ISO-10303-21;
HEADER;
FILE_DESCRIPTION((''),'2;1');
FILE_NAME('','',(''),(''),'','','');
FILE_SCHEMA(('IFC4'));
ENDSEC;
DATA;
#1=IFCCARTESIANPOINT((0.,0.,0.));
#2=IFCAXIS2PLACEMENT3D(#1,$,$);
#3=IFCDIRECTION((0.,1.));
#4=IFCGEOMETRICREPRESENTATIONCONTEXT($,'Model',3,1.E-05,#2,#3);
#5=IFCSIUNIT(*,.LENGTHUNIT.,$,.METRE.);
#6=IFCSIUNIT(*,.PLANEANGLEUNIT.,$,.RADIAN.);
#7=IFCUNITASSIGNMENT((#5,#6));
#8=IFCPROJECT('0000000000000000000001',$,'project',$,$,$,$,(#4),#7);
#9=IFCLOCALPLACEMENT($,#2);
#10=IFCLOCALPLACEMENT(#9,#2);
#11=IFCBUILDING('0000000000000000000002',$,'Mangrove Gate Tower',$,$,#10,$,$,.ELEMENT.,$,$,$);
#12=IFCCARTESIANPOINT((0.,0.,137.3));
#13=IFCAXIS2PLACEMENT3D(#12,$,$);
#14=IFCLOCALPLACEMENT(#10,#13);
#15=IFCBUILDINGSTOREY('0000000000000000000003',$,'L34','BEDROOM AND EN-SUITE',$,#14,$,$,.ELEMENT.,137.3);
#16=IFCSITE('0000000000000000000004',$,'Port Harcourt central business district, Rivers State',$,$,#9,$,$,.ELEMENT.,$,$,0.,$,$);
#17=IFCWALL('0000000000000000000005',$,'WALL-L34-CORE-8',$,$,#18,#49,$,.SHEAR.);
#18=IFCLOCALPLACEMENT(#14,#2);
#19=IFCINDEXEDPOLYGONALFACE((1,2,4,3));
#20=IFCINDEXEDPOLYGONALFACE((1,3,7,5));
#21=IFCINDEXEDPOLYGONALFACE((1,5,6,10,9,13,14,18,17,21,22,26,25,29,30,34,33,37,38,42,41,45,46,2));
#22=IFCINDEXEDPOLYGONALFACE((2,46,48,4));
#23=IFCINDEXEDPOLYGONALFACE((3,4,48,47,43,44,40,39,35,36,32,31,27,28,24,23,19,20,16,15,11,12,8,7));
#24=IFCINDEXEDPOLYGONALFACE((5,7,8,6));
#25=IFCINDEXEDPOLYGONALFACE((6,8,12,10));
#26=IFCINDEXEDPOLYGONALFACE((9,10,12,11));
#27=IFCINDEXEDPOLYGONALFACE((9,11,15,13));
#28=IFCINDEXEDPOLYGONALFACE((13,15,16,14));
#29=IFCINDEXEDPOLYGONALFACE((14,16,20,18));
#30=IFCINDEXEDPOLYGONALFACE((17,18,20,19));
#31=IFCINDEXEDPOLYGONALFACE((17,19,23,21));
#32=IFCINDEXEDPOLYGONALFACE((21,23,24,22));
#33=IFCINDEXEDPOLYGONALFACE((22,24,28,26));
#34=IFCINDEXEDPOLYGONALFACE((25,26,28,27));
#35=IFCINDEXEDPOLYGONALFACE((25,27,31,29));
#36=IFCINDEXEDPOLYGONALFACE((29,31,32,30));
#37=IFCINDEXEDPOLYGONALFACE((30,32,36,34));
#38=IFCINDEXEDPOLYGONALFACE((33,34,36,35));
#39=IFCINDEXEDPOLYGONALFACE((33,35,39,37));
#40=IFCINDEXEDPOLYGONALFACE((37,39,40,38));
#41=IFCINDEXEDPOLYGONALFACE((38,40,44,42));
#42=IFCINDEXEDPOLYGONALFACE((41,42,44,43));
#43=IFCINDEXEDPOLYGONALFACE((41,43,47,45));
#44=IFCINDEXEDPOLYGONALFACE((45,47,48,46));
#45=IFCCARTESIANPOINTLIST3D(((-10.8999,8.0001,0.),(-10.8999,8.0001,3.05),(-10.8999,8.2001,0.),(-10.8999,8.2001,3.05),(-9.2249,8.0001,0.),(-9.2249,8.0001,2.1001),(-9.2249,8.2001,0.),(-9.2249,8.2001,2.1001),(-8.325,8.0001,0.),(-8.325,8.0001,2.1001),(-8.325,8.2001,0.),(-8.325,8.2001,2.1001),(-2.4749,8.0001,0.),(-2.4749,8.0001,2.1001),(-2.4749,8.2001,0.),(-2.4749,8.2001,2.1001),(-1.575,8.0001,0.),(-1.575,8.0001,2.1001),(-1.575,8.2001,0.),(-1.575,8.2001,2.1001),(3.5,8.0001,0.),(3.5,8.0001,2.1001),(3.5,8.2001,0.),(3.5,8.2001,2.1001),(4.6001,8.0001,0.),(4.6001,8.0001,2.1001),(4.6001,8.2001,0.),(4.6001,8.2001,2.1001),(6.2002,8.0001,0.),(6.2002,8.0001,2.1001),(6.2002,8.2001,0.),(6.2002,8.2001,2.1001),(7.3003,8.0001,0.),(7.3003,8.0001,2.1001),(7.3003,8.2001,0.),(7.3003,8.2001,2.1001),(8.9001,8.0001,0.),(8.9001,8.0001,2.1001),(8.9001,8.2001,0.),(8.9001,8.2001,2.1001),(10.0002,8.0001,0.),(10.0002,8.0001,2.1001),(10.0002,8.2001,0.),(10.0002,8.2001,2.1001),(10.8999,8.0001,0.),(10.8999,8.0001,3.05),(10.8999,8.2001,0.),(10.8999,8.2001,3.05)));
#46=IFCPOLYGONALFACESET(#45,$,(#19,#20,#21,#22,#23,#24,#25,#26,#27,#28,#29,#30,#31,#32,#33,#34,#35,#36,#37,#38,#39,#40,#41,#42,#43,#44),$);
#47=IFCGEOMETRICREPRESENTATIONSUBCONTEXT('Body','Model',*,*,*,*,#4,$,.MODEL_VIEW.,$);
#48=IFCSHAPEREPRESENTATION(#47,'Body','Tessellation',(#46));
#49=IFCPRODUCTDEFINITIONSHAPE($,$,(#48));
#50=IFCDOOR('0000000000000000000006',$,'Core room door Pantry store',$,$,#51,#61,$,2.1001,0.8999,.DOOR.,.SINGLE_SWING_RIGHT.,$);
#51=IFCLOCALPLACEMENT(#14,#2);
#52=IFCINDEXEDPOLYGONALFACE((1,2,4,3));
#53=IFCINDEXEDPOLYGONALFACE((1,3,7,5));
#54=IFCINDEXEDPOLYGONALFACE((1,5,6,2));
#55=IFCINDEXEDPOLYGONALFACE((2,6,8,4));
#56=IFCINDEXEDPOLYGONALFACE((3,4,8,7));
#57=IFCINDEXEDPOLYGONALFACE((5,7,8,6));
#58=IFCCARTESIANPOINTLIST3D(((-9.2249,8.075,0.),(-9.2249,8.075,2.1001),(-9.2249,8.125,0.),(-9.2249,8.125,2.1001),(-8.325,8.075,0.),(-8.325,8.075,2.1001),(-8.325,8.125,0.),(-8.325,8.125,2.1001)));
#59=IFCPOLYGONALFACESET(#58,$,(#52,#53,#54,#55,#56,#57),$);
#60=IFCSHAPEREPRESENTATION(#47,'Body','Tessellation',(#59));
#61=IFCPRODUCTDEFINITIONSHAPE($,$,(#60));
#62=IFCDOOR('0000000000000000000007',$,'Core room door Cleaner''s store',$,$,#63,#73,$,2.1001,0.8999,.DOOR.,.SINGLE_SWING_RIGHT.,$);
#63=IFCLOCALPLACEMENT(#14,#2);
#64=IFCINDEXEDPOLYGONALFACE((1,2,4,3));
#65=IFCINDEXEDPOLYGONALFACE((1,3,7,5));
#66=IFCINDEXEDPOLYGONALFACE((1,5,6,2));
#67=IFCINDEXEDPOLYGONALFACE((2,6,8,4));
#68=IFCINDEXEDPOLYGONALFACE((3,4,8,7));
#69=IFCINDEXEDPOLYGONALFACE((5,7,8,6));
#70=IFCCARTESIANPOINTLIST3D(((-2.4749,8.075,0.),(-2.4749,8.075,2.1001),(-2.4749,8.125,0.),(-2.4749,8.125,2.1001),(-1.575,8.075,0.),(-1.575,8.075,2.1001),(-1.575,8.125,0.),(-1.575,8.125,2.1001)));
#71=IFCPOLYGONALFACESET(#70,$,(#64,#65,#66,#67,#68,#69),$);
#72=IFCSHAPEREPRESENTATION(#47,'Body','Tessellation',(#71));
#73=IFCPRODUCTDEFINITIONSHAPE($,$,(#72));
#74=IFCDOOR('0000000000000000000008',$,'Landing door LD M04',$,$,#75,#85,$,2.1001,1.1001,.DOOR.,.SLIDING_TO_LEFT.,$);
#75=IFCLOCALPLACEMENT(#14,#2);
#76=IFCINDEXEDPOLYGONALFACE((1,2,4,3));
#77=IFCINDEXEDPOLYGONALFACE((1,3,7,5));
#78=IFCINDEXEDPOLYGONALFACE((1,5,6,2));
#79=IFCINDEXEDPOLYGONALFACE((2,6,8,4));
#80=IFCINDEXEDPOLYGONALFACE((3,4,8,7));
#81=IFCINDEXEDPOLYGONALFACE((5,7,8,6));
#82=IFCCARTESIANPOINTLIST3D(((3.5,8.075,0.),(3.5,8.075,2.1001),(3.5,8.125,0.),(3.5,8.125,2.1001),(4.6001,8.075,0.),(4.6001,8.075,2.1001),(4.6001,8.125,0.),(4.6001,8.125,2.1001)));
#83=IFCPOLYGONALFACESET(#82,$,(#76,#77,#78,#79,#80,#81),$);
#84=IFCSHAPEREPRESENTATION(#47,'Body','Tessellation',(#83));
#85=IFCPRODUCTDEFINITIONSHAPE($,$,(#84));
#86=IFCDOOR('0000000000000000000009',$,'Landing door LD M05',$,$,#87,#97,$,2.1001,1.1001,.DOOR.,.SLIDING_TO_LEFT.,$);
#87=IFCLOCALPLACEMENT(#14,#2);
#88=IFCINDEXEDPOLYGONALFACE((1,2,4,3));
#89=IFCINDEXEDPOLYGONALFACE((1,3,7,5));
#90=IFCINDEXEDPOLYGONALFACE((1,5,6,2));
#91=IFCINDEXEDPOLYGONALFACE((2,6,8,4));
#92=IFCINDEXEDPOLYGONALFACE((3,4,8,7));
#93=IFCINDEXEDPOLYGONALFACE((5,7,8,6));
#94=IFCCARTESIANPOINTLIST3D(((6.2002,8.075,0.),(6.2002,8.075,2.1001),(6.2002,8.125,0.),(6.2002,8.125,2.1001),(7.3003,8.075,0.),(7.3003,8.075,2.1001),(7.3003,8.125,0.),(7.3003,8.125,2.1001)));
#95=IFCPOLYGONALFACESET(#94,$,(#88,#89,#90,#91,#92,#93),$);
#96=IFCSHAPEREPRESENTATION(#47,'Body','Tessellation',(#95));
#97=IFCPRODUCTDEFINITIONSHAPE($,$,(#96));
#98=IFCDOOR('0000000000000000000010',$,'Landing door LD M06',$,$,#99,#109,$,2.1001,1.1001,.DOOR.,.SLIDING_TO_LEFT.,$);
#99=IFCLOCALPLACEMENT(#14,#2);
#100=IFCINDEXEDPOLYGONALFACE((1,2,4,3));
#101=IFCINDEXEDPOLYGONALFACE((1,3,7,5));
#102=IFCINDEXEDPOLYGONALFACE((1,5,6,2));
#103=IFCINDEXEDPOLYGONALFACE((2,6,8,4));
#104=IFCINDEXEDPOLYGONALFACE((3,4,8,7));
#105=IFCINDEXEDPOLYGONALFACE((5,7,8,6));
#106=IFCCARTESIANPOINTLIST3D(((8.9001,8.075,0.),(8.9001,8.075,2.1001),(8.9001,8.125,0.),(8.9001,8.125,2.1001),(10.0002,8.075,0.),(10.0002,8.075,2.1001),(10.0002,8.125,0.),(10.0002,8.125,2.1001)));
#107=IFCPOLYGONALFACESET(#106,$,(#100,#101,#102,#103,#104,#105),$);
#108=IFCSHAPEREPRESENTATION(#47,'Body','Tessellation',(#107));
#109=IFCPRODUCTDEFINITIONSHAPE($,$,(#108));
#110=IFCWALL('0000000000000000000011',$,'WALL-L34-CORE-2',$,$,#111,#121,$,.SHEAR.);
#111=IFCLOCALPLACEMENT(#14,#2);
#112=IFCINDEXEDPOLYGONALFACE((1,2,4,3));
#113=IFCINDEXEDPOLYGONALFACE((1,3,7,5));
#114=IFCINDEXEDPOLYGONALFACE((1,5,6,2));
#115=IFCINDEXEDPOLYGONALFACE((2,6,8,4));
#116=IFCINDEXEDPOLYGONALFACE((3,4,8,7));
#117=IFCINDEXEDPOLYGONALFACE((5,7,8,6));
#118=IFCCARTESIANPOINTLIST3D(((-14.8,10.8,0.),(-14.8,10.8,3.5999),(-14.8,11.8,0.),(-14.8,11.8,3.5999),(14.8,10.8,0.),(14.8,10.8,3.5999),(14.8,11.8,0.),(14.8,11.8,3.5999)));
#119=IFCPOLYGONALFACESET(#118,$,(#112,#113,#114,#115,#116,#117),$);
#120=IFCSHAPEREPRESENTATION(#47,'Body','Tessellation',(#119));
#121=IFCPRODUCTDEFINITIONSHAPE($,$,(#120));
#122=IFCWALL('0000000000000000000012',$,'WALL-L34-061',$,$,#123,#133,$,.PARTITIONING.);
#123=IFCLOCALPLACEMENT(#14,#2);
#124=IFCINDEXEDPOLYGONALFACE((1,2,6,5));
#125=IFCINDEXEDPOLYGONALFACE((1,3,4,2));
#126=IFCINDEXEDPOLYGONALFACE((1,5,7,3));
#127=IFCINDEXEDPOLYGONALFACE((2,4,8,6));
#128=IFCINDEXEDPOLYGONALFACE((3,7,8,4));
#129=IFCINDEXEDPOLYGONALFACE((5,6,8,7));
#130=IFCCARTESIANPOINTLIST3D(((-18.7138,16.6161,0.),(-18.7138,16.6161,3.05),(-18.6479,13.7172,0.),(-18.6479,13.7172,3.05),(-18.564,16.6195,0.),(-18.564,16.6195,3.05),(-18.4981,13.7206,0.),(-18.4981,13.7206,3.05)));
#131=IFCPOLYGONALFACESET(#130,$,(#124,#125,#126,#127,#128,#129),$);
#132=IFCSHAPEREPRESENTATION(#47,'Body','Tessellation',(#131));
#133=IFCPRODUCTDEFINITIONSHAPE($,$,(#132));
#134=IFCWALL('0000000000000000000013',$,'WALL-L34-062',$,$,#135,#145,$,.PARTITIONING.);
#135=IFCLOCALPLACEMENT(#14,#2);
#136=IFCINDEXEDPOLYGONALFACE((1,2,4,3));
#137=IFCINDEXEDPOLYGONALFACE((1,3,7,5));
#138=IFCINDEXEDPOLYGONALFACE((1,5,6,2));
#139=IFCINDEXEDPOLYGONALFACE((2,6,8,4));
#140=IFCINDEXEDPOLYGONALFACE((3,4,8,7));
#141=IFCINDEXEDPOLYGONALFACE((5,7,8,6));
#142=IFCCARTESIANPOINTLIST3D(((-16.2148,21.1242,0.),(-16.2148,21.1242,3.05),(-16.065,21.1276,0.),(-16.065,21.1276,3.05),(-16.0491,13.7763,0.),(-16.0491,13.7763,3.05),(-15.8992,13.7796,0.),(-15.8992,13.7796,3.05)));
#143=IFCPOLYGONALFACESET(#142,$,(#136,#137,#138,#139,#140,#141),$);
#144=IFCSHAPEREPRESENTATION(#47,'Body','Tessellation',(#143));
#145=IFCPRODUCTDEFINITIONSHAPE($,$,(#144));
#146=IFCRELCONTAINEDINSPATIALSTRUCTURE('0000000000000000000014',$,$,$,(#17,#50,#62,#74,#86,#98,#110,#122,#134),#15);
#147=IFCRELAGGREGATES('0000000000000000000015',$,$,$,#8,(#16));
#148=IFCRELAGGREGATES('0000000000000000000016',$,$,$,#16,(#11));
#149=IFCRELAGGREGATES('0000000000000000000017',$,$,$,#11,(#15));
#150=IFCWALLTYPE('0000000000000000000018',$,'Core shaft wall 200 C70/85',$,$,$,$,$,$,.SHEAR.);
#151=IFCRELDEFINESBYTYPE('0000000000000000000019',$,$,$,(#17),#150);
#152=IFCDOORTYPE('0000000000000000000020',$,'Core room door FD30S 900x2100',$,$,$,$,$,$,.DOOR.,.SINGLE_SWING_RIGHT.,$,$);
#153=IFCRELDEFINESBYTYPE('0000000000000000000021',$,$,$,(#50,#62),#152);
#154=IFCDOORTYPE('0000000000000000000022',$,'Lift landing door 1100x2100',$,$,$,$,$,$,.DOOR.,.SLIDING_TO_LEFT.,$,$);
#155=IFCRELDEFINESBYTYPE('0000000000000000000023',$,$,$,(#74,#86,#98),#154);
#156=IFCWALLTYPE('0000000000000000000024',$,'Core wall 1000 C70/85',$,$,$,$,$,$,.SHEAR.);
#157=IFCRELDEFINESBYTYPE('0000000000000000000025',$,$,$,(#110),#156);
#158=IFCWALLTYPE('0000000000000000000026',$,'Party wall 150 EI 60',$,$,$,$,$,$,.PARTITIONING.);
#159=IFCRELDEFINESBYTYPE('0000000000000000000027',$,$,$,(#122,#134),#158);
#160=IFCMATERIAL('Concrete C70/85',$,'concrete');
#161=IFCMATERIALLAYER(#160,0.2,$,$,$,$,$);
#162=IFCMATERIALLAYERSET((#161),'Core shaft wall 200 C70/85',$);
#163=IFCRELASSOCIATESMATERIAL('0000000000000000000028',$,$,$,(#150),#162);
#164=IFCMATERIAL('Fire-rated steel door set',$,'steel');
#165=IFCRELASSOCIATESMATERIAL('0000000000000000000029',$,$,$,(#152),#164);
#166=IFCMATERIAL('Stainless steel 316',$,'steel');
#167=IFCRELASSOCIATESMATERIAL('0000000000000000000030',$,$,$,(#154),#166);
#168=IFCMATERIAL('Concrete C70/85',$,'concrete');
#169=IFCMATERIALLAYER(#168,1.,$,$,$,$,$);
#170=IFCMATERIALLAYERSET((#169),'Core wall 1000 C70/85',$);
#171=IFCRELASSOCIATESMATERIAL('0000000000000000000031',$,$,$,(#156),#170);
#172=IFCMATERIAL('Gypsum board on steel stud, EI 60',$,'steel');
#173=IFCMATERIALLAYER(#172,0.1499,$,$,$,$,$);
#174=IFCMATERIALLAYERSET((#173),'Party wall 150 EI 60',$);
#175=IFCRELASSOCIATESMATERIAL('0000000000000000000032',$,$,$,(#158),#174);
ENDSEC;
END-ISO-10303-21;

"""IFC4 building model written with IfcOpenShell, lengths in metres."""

from ifc_helpers import new_model, si_unit, direction, frame, frame_2d, origin, place, context, subcontext, project, spatial, rectangle, extrude, material, layer, layer_set, type_object, element, fill, save


model = new_model("IFC4")

# Units and contexts
model_context = context("Model", 3, precision=1e-05, world=origin(), true_north=direction((0.0, 1.0)))
body_context = subcontext(model_context, "Body", "Model", "MODEL_VIEW")
ifc_project = project(units=[si_unit("LENGTHUNIT", "METRE"), si_unit("PLANEANGLEUNIT", "RADIAN")], contexts=[model_context])

# Site, building, storey
site_placement = place(None, origin())
site = spatial("IfcSite", under=ifc_project, at=site_placement, Name="Port Harcourt central business district, Rivers State", CompositionType="ELEMENT", RefElevation=0.0)
building_placement = place(site_placement, origin())
building = spatial("IfcBuilding", under=site, at=building_placement, Name="Mangrove Gate Tower", CompositionType="ELEMENT")
storey_placement = place(building_placement, frame((0.0, 0.0, 137.3)))
storey = spatial("IfcBuildingStorey", under=building, at=storey_placement, Name="L34", Description="BEDROOM AND EN-SUITE", CompositionType="ELEMENT", Elevation=137.3)

# Wall, openings, doors
ifc_material_1 = material(Name="Concrete C70/85", Category="concrete")
ifc_layer_1 = layer(ifc_material_1, 0.2)
ifc_layer_set_1 = layer_set([ifc_layer_1], Name="Core shaft wall 200 C70/85")
wall_type_1 = type_object("IfcWallType", Name="Core shaft wall 200 C70/85", PredefinedType="SHEAR", material=ifc_layer_set_1)
ifc_material_2 = material(Name="Fire-rated steel door set", Category="steel")
door_type_1 = type_object("IfcDoorType", Name="Core room door FD30S 900x2100", OperationType="SINGLE_SWING_RIGHT", PredefinedType="DOOR", material=ifc_material_2)
ifc_material_3 = material(Name="Stainless steel 316", Category="steel")
door_type_2 = type_object("IfcDoorType", Name="Lift landing door 1100x2100", OperationType="SLIDING_TO_LEFT", PredefinedType="DOOR", material=ifc_material_3)
wall_1_placement = place(storey_placement, frame((-10.8999, 8.1001, 0.0), z_axis=(0.0, 0.0, 1.0), x_axis=(1.0, 0.0, 0.0)))
wall_1 = element("IfcWall", 1, at=wall_1_placement, inside=storey, type_object=wall_type_1, Name="WALL-L34-CORE-8", PredefinedType="SHEAR", context=body_context, shape_type="SweptSolid", body=[
    extrude(rectangle(XDim=21.7998, YDim=0.2, at=frame_2d((10.8999, 0.0))), origin(), (0.0, 0.0, 1.0), 3.05),
])
opening_1_placement = place(wall_1_placement, frame((14.3999, 0.0, 0.0)))
opening_1 = element("IfcOpeningElement", 2, at=opening_1_placement, cuts=wall_1, PredefinedType="OPENING", context=body_context, shape_type="SweptSolid", body=[
    extrude(rectangle(XDim=1.1001, YDim=2.1001, at=frame_2d((0.55, 1.05))), frame((0.0, 0.1099, 0.0), z_axis=(0.0, -1.0, 0.0), x_axis=(1.0, 0.0, 0.0)), (0.0, 0.0, 1.0), 0.22),
])
opening_2_placement = place(wall_1_placement, frame((17.1001, 0.0, 0.0)))
opening_2 = element("IfcOpeningElement", 3, at=opening_2_placement, cuts=wall_1, PredefinedType="OPENING", context=body_context, shape_type="SweptSolid", body=[
    extrude(rectangle(XDim=1.1001, YDim=2.1001, at=frame_2d((0.55, 1.05))), frame((0.0, 0.1099, 0.0), z_axis=(0.0, -1.0, 0.0), x_axis=(1.0, 0.0, 0.0)), (0.0, 0.0, 1.0), 0.22),
])
opening_3_placement = place(wall_1_placement, frame((19.8, 0.0, 0.0)))
opening_3 = element("IfcOpeningElement", 4, at=opening_3_placement, cuts=wall_1, PredefinedType="OPENING", context=body_context, shape_type="SweptSolid", body=[
    extrude(rectangle(XDim=1.1001, YDim=2.1001, at=frame_2d((0.55, 1.05))), frame((0.0, 0.1099, 0.0), z_axis=(0.0, -1.0, 0.0), x_axis=(1.0, 0.0, 0.0)), (0.0, 0.0, 1.0), 0.22),
])
opening_4_placement = place(wall_1_placement, frame((1.675, 0.0, 0.0)))
opening_4 = element("IfcOpeningElement", 5, at=opening_4_placement, cuts=wall_1, PredefinedType="OPENING", context=body_context, shape_type="SweptSolid", body=[
    extrude(rectangle(XDim=0.8999, YDim=2.1001, at=frame_2d((0.45, 1.05))), frame((0.0, 0.1099, 0.0), z_axis=(0.0, -1.0, 0.0), x_axis=(1.0, 0.0, 0.0)), (0.0, 0.0, 1.0), 0.22),
])
opening_5_placement = place(wall_1_placement, frame((8.425, 0.0, 0.0)))
opening_5 = element("IfcOpeningElement", 6, at=opening_5_placement, cuts=wall_1, PredefinedType="OPENING", context=body_context, shape_type="SweptSolid", body=[
    extrude(rectangle(XDim=0.8999, YDim=2.1001, at=frame_2d((0.45, 1.05))), frame((0.0, 0.1099, 0.0), z_axis=(0.0, -1.0, 0.0), x_axis=(1.0, 0.0, 0.0)), (0.0, 0.0, 1.0), 0.22),
])
door_1_placement = place(opening_4_placement, origin())
door_1 = element("IfcDoor", 7, at=door_1_placement, inside=storey, type_object=door_type_1, Name="Core room door Pantry store", OperationType="SINGLE_SWING_RIGHT", OverallHeight=2.1001, OverallWidth=0.8999, PredefinedType="DOOR", context=body_context, shape_type="SweptSolid", body=[
    extrude(rectangle(XDim=0.8999, YDim=2.1001, at=frame_2d((0.45, 1.05))), frame((0.0, 0.0249, 0.0), z_axis=(0.0, -1.0, 0.0), x_axis=(1.0, 0.0, 0.0)), (0.0, 0.0, 1.0), 0.05),
])
fill(opening_4, door_1)
door_2_placement = place(opening_5_placement, origin())
door_2 = element("IfcDoor", 8, at=door_2_placement, inside=storey, type_object=door_type_1, Name="Core room door Cleaner's store", OperationType="SINGLE_SWING_RIGHT", OverallHeight=2.1001, OverallWidth=0.8999, PredefinedType="DOOR", context=body_context, shape_type="SweptSolid", body=[
    extrude(rectangle(XDim=0.8999, YDim=2.1001, at=frame_2d((0.45, 1.05))), frame((0.0, 0.0249, 0.0), z_axis=(0.0, -1.0, 0.0), x_axis=(1.0, 0.0, 0.0)), (0.0, 0.0, 1.0), 0.05),
])
fill(opening_5, door_2)
door_3_placement = place(opening_1_placement, origin())
door_3 = element("IfcDoor", 9, at=door_3_placement, inside=storey, type_object=door_type_2, Name="Landing door LD M04", OperationType="SLIDING_TO_LEFT", OverallHeight=2.1001, OverallWidth=1.1001, PredefinedType="DOOR", context=body_context, shape_type="SweptSolid", body=[
    extrude(rectangle(XDim=1.1001, YDim=2.1001, at=frame_2d((0.55, 1.05))), frame((0.0, 0.0249, 0.0), z_axis=(0.0, -1.0, 0.0), x_axis=(1.0, 0.0, 0.0)), (0.0, 0.0, 1.0), 0.05),
])
fill(opening_1, door_3)
door_4_placement = place(opening_2_placement, origin())
door_4 = element("IfcDoor", 10, at=door_4_placement, inside=storey, type_object=door_type_2, Name="Landing door LD M05", OperationType="SLIDING_TO_LEFT", OverallHeight=2.1001, OverallWidth=1.1001, PredefinedType="DOOR", context=body_context, shape_type="SweptSolid", body=[
    extrude(rectangle(XDim=1.1001, YDim=2.1001, at=frame_2d((0.55, 1.05))), frame((0.0, 0.0249, 0.0), z_axis=(0.0, -1.0, 0.0), x_axis=(1.0, 0.0, 0.0)), (0.0, 0.0, 1.0), 0.05),
])
fill(opening_2, door_4)
door_5_placement = place(opening_3_placement, origin())
door_5 = element("IfcDoor", 11, at=door_5_placement, inside=storey, type_object=door_type_2, Name="Landing door LD M06", OperationType="SLIDING_TO_LEFT", OverallHeight=2.1001, OverallWidth=1.1001, PredefinedType="DOOR", context=body_context, shape_type="SweptSolid", body=[
    extrude(rectangle(XDim=1.1001, YDim=2.1001, at=frame_2d((0.55, 1.05))), frame((0.0, 0.0249, 0.0), z_axis=(0.0, -1.0, 0.0), x_axis=(1.0, 0.0, 0.0)), (0.0, 0.0, 1.0), 0.05),
])
fill(opening_3, door_5)

# Walls
ifc_material_4 = material(Name="Concrete C70/85", Category="concrete")
ifc_layer_2 = layer(ifc_material_4, 1.0)
ifc_layer_set_2 = layer_set([ifc_layer_2], Name="Core wall 1000 C70/85")
wall_type_2 = type_object("IfcWallType", Name="Core wall 1000 C70/85", PredefinedType="SHEAR", material=ifc_layer_set_2)
wall_2_placement = place(storey_placement, frame((-14.8, 11.3, 0.0), z_axis=(0.0, 0.0, 1.0), x_axis=(1.0, 0.0, 0.0)))
element("IfcWall", 12, at=wall_2_placement, inside=storey, type_object=wall_type_2, Name="WALL-L34-CORE-2", PredefinedType="SHEAR", context=body_context, shape_type="SweptSolid", body=[
    extrude(rectangle(XDim=29.6001, YDim=1.0, at=frame_2d((14.8, 0.0))), origin(), (0.0, 0.0, 1.0), 3.5999),
])
ifc_material_5 = material(Name="Gypsum board on steel stud, EI 60", Category="steel")
ifc_layer_3 = layer(ifc_material_5, 0.1499)
ifc_layer_set_3 = layer_set([ifc_layer_3], Name="Party wall 150 EI 60")
wall_type_3 = type_object("IfcWallType", Name="Party wall 150 EI 60", PredefinedType="PARTITIONING", material=ifc_layer_set_3)
wall_3_placement = place(storey_placement, frame((-18.573, 13.719, 0.0), z_axis=(0.0, 0.0, 1.0), x_axis=(-0.022733, 0.999742, 0.0)))
element("IfcWall", 13, at=wall_3_placement, inside=storey, type_object=wall_type_3, Name="WALL-L34-061", PredefinedType="PARTITIONING", context=body_context, shape_type="SweptSolid", body=[
    extrude(rectangle(XDim=2.8997, YDim=0.1499, at=frame_2d((1.4497, 0.0))), origin(), (0.0, 0.0, 1.0), 3.05),
])
wall_4_placement = place(storey_placement, frame((-15.9741, 13.7781, 0.0), z_axis=(0.0, 0.0, 1.0), x_axis=(-0.022555, 0.999746, 0.0)))
element("IfcWall", 14, at=wall_4_placement, inside=storey, type_object=wall_type_3, Name="WALL-L34-062", PredefinedType="PARTITIONING", context=body_context, shape_type="SweptSolid", body=[
    extrude(rectangle(XDim=7.3499, YDim=0.1499, at=frame_2d((3.6748, 0.0))), origin(), (0.0, 0.0, 1.0), 3.05),
])

save(model, "model.ifc")
